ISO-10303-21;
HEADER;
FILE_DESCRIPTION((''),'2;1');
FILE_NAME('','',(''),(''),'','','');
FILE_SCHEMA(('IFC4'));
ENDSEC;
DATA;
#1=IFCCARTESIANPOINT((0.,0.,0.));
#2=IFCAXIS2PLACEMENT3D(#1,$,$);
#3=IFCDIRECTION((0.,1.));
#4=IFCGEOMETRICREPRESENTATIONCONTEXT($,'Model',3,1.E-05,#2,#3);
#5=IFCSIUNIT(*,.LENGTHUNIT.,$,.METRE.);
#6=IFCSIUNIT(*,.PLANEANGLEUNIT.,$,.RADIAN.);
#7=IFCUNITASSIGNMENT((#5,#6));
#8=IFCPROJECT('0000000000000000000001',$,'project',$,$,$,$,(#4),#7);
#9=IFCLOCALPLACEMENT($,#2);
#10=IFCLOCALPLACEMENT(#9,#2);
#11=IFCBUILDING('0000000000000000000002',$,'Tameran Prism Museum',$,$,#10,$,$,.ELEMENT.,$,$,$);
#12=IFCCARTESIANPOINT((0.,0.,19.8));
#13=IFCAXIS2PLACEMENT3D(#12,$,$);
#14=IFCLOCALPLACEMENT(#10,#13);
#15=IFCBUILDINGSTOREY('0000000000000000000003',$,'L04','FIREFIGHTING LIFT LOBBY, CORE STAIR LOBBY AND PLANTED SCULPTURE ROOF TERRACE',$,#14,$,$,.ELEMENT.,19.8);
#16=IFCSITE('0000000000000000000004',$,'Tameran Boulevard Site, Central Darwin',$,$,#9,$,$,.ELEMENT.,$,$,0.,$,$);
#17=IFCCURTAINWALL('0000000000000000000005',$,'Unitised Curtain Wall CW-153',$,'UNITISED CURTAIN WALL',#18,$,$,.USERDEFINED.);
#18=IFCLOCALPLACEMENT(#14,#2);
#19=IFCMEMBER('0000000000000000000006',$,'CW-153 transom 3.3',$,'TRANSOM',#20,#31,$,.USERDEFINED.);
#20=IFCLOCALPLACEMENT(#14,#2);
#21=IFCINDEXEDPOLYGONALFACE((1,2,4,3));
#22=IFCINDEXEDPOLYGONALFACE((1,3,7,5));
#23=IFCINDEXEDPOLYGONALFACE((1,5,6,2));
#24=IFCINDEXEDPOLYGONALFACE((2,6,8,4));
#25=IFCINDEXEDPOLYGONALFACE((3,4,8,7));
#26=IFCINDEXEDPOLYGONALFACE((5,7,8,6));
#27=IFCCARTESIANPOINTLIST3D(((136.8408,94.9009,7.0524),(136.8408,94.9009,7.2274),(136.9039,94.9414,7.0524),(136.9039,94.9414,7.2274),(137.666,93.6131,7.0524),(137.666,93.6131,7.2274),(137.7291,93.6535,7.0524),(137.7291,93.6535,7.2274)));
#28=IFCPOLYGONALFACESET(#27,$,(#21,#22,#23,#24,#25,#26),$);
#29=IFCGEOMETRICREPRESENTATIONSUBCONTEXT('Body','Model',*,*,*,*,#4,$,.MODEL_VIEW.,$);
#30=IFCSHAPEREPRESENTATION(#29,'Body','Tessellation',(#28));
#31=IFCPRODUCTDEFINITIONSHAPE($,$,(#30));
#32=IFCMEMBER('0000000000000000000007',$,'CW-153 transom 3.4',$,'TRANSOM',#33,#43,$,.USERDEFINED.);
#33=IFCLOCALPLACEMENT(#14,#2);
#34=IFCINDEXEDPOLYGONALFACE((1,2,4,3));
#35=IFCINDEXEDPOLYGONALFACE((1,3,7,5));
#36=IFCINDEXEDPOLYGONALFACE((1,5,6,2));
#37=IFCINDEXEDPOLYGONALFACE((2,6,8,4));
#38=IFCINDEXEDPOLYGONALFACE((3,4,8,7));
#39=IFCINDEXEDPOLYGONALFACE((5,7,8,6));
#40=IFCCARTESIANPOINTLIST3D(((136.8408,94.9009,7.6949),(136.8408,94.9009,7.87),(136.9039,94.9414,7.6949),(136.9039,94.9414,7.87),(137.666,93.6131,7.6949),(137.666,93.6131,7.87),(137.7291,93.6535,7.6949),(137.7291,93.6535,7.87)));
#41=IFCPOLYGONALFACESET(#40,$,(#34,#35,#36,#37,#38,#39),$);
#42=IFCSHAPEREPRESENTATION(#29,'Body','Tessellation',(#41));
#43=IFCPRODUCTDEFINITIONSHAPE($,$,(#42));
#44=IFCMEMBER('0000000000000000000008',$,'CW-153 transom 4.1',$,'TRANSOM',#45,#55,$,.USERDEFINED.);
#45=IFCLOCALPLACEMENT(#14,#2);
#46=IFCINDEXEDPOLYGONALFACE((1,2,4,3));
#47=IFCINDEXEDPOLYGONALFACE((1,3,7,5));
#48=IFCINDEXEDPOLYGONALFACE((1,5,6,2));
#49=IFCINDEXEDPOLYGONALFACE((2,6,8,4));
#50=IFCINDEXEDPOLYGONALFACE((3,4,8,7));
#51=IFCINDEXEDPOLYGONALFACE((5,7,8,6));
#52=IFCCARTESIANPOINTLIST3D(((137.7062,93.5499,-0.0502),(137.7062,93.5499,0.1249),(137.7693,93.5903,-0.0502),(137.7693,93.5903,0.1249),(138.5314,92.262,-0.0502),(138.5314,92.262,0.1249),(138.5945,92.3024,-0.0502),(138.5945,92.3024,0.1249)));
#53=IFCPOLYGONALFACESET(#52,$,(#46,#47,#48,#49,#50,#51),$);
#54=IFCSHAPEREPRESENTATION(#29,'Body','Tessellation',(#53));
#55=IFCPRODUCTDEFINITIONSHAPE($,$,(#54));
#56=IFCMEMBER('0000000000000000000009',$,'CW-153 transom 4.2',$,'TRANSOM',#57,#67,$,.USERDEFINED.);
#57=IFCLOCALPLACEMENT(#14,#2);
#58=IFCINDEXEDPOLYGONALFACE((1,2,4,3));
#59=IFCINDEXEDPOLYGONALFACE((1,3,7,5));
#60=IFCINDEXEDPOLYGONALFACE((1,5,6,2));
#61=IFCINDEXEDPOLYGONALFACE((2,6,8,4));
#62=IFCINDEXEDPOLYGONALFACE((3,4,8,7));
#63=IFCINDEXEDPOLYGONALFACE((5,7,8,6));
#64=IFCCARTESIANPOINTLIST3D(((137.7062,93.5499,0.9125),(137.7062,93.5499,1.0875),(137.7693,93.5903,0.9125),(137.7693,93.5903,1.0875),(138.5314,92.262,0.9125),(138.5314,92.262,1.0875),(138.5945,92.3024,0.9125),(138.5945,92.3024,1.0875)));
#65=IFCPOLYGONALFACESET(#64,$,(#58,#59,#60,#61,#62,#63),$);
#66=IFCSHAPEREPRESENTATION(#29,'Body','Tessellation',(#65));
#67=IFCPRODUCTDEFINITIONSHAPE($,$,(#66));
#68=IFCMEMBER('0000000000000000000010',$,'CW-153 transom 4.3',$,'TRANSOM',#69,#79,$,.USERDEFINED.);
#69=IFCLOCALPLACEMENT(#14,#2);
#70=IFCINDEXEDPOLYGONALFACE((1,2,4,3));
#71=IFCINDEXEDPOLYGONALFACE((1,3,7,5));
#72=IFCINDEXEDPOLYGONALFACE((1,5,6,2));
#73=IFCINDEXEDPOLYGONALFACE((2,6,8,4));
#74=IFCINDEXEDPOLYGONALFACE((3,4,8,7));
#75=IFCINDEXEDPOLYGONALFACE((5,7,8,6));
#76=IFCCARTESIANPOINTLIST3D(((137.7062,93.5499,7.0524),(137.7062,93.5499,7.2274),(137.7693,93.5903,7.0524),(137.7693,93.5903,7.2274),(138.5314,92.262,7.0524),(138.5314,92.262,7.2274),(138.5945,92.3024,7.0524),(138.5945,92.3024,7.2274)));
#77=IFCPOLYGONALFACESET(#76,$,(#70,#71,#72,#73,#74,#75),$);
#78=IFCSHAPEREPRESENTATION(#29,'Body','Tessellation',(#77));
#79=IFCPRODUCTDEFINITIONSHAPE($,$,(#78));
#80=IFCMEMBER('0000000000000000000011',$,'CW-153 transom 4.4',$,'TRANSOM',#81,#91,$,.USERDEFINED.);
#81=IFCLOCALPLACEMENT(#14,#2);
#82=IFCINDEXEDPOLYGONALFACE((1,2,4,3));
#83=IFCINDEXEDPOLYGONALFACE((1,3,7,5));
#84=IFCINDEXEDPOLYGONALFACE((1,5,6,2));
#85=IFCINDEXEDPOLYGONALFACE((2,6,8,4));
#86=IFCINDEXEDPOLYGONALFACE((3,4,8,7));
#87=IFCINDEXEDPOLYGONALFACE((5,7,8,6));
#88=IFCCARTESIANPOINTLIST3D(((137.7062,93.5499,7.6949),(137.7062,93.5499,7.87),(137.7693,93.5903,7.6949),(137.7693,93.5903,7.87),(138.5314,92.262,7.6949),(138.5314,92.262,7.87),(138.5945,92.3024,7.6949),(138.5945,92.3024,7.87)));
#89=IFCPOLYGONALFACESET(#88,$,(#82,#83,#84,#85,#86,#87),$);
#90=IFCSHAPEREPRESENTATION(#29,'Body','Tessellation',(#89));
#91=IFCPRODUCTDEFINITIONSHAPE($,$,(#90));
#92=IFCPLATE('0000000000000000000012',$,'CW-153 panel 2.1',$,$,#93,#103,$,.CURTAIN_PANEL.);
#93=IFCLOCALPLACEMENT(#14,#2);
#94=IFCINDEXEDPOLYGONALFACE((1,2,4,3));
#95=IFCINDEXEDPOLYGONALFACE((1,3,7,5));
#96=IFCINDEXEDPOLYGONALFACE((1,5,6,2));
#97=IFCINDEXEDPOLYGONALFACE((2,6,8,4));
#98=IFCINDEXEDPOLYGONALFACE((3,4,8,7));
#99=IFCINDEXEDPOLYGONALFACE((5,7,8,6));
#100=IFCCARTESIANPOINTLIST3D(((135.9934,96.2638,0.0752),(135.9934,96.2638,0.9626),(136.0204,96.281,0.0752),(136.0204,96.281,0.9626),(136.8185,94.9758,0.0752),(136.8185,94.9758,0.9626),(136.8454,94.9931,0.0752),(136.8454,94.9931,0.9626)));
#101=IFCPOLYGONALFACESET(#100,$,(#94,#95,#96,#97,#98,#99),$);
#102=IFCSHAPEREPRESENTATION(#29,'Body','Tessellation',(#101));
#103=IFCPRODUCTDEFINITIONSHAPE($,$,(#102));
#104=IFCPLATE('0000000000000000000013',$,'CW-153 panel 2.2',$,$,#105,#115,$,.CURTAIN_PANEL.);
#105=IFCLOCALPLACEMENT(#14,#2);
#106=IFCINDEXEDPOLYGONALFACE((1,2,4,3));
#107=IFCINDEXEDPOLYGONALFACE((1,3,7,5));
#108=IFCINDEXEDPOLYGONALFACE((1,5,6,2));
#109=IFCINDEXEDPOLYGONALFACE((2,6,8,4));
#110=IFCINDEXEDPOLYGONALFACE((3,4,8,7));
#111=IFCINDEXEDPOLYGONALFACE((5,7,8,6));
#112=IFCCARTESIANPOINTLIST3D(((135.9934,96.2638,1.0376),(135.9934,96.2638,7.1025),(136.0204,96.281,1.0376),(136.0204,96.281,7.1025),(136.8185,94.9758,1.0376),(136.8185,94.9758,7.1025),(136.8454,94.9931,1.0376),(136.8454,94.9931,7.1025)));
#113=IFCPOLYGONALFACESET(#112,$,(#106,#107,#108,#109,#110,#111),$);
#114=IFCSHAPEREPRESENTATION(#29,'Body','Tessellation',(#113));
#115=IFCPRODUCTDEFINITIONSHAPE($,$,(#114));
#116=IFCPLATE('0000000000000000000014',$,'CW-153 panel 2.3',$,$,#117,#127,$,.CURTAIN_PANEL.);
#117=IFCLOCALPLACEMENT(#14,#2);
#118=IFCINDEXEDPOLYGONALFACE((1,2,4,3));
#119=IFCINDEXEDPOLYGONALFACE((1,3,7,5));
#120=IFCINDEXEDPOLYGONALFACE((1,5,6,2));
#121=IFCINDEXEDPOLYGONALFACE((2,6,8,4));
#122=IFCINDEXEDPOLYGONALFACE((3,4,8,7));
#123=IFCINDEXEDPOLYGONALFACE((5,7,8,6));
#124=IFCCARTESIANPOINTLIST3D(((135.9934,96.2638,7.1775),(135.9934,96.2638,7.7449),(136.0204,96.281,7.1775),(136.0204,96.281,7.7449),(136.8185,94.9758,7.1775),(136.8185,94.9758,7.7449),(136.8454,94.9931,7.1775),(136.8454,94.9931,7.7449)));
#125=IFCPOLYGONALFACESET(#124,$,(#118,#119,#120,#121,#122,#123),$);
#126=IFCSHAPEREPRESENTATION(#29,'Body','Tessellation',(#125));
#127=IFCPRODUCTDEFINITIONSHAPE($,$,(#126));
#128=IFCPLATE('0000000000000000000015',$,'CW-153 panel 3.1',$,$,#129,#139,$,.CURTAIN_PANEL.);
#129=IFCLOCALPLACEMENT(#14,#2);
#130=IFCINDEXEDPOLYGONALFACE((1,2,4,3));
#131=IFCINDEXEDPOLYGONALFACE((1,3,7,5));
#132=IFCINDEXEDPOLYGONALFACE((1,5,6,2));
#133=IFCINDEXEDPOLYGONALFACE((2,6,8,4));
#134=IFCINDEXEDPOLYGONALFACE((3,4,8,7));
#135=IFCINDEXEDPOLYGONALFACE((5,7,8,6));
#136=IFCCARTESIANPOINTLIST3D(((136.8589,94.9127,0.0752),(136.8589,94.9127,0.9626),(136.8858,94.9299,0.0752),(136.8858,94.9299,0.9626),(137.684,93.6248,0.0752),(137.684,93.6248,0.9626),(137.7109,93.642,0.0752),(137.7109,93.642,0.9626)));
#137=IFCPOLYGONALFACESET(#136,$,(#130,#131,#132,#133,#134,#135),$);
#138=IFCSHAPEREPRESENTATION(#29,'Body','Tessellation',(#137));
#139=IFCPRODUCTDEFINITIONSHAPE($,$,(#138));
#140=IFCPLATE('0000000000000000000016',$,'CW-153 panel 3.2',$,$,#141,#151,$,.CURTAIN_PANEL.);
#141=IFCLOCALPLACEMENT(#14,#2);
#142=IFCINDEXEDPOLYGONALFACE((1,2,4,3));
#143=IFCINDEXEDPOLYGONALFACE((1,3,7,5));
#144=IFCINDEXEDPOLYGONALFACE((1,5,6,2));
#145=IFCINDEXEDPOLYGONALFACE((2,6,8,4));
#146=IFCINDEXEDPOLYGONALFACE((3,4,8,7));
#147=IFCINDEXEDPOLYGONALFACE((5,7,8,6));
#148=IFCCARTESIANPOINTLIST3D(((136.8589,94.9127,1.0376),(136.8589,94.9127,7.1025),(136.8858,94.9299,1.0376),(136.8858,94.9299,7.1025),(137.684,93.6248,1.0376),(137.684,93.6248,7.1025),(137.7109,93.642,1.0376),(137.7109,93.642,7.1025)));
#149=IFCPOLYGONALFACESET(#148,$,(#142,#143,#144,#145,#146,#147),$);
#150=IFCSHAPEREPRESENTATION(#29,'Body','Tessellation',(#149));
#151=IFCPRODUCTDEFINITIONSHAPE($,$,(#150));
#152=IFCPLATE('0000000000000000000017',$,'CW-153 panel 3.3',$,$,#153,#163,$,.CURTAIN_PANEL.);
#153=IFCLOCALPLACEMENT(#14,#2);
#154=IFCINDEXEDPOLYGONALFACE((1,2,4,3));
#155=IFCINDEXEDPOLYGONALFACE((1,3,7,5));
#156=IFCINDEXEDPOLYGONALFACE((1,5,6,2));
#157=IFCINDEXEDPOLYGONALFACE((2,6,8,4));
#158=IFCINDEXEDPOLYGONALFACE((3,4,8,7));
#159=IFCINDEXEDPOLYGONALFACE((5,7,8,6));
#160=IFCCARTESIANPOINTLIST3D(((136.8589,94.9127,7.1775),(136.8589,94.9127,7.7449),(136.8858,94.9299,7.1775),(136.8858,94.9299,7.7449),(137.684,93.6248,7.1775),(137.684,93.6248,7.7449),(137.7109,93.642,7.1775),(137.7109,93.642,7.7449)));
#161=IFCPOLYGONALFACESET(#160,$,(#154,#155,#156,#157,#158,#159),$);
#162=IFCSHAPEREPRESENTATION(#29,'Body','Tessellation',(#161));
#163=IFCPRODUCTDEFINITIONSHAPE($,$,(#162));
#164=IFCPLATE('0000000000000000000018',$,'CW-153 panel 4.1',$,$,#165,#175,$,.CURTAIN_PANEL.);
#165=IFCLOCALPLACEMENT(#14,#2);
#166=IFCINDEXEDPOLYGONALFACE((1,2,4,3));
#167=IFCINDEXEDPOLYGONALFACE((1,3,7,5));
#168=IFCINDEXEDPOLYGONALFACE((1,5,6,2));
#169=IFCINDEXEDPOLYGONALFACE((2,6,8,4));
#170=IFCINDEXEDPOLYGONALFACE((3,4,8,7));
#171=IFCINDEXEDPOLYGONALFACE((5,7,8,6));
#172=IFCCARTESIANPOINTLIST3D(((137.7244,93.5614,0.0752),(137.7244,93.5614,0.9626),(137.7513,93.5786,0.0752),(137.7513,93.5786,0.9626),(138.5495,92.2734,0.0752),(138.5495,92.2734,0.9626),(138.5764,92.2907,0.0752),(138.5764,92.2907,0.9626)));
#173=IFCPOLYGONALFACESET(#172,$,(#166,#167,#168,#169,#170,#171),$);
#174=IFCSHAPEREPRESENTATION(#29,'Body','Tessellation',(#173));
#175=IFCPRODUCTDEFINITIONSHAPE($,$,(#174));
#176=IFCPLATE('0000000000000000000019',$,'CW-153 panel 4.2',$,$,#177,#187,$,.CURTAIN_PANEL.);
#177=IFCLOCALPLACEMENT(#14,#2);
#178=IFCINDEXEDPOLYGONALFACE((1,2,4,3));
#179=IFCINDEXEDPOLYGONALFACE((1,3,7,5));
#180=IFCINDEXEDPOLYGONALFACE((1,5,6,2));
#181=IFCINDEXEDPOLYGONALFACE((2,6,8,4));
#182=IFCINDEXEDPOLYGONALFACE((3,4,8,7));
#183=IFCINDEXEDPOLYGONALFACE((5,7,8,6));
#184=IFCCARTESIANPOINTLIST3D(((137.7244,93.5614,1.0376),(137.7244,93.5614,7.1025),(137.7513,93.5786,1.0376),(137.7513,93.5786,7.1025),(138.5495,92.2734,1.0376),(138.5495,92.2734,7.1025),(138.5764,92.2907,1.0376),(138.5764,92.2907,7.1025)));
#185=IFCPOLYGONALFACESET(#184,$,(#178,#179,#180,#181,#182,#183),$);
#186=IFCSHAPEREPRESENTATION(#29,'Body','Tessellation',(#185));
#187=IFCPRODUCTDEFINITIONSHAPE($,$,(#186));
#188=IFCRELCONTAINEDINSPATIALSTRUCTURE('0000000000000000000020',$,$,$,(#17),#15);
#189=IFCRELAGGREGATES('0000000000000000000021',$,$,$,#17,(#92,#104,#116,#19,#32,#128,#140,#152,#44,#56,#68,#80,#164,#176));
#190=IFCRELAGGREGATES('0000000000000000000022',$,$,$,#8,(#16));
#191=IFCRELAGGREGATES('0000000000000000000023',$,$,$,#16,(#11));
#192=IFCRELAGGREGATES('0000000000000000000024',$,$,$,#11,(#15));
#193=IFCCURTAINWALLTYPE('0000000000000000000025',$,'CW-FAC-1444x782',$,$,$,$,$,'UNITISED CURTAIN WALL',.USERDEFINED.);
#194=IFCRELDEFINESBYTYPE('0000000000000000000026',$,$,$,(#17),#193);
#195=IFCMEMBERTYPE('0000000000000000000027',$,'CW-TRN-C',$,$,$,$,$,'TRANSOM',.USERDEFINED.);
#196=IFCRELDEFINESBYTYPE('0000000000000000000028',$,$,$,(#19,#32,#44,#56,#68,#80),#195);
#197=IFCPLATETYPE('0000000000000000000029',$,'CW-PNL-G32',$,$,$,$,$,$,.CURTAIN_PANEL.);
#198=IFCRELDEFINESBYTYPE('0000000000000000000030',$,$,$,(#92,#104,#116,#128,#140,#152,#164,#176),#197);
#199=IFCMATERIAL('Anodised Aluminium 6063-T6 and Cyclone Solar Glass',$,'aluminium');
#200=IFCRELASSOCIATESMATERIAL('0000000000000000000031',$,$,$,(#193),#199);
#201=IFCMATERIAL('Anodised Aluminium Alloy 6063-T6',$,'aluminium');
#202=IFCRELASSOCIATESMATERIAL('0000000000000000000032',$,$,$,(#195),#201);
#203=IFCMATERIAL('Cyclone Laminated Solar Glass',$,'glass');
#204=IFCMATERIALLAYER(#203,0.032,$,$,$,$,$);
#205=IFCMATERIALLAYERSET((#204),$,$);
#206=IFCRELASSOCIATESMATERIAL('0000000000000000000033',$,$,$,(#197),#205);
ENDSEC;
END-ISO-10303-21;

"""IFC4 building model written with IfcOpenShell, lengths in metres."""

from ifc_helpers import new_model, si_unit, direction, frame, origin, origin_2d, place, context, subcontext, project, spatial, rectangle, extrude, material, layer, layer_set, material_profile, profile_set, type_object, element, aggregate, save


model = new_model("IFC4")

# Units and contexts
model_context = context("Model", 3, precision=1e-05, world=origin(), true_north=direction((0.0, 1.0)))
body_context = subcontext(model_context, "Body", "Model", "MODEL_VIEW")
ifc_project = project(units=[si_unit("LENGTHUNIT", "METRE"), si_unit("PLANEANGLEUNIT", "RADIAN")], contexts=[model_context])

# Site, building, storey
site_placement = place(None, origin())
site = spatial("IfcSite", under=ifc_project, at=site_placement, Name="Tameran Boulevard Site, Central Darwin", CompositionType="ELEMENT", RefElevation=0.0)
building_placement = place(site_placement, origin())
building = spatial("IfcBuilding", under=site, at=building_placement, Name="Tameran Prism Museum", CompositionType="ELEMENT")
storey_placement = place(building_placement, frame((0.0, 0.0, 19.8)))
storey = spatial("IfcBuildingStorey", under=building, at=storey_placement, Name="L04", Description="FIREFIGHTING LIFT LOBBY, CORE STAIR LOBBY AND PLANTED SCULPTURE ROOF TERRACE", CompositionType="ELEMENT", Elevation=19.8)

# Curtain wall, members, plates
ifc_material_1 = material(Name="Anodised Aluminium 6063-T6 and Cyclone Solar Glass", Category="aluminium")
curtain_wall_type = type_object("IfcCurtainWallType", Name="CW-FAC-1444x782", ElementType="UNITISED CURTAIN WALL", PredefinedType="USERDEFINED", material=ifc_material_1)
curtain_wall_placement = place(storey_placement, origin())
curtain_wall = element("IfcCurtainWall", 1, at=curtain_wall_placement, inside=storey, type_object=curtain_wall_type, Name="Unitised Curtain Wall CW-153", ObjectType="UNITISED CURTAIN WALL", PredefinedType="USERDEFINED")
ifc_material_2 = material(Name="Anodised Aluminium Alloy 6063-T6", Category="aluminium")
ifc_material_profile_1 = material_profile(ifc_material_2, rectangle(XDim=0.075, YDim=0.175, at=origin_2d()))
ifc_profile_set_1 = profile_set([ifc_material_profile_1])
member_type_1 = type_object("IfcMemberType", Name="CW-TRN-C", ElementType="TRANSOM", PredefinedType="USERDEFINED", material=ifc_profile_set_1)
member_1_placement = place(storey_placement, frame((136.8723, 94.9211, 7.1399), z_axis=(0.539507, -0.841981, 0.0), x_axis=(0.841981, 0.539507, 0.0)))
member_1 = element("IfcMember", 2, at=member_1_placement, type_object=member_type_1, Name="CW-153 transom 3.3", ObjectType="TRANSOM", PredefinedType="USERDEFINED", context=body_context, shape_type="SweptSolid", body=[
    extrude(rectangle(XDim=0.075, YDim=0.175, at=origin_2d()), origin(), (0.0, 0.0, 1.0), 1.5295),
])
member_2_placement = place(storey_placement, frame((136.8723, 94.9211, 7.7825), z_axis=(0.539507, -0.841981, 0.0), x_axis=(0.841981, 0.539507, 0.0)))
member_2 = element("IfcMember", 3, at=member_2_placement, type_object=member_type_1, Name="CW-153 transom 3.4", ObjectType="TRANSOM", PredefinedType="USERDEFINED", context=body_context, shape_type="SweptSolid", body=[
    extrude(rectangle(XDim=0.075, YDim=0.175, at=origin_2d()), origin(), (0.0, 0.0, 1.0), 1.5295),
])
member_3_placement = place(storey_placement, frame((137.7378, 93.5701, 0.0374), z_axis=(0.539507, -0.841981, 0.0), x_axis=(0.841981, 0.539507, 0.0)))
member_3 = element("IfcMember", 4, at=member_3_placement, type_object=member_type_1, Name="CW-153 transom 4.1", ObjectType="TRANSOM", PredefinedType="USERDEFINED", context=body_context, shape_type="SweptSolid", body=[
    extrude(rectangle(XDim=0.075, YDim=0.175, at=origin_2d()), origin(), (0.0, 0.0, 1.0), 1.5295),
])
member_4_placement = place(storey_placement, frame((137.7378, 93.5701, 1.0), z_axis=(0.539507, -0.841981, 0.0), x_axis=(0.841981, 0.539507, 0.0)))
member_4 = element("IfcMember", 5, at=member_4_placement, type_object=member_type_1, Name="CW-153 transom 4.2", ObjectType="TRANSOM", PredefinedType="USERDEFINED", context=body_context, shape_type="SweptSolid", body=[
    extrude(rectangle(XDim=0.075, YDim=0.175, at=origin_2d()), origin(), (0.0, 0.0, 1.0), 1.5295),
])
member_5_placement = place(storey_placement, frame((137.7378, 93.5701, 7.1399), z_axis=(0.539507, -0.841981, 0.0), x_axis=(0.841981, 0.539507, 0.0)))
member_5 = element("IfcMember", 6, at=member_5_placement, type_object=member_type_1, Name="CW-153 transom 4.3", ObjectType="TRANSOM", PredefinedType="USERDEFINED", context=body_context, shape_type="SweptSolid", body=[
    extrude(rectangle(XDim=0.075, YDim=0.175, at=origin_2d()), origin(), (0.0, 0.0, 1.0), 1.5295),
])
member_6_placement = place(storey_placement, frame((137.7378, 93.5701, 7.7825), z_axis=(0.539507, -0.841981, 0.0), x_axis=(0.841981, 0.539507, 0.0)))
member_6 = element("IfcMember", 7, at=member_6_placement, type_object=member_type_1, Name="CW-153 transom 4.4", ObjectType="TRANSOM", PredefinedType="USERDEFINED", context=body_context, shape_type="SweptSolid", body=[
    extrude(rectangle(XDim=0.075, YDim=0.175, at=origin_2d()), origin(), (0.0, 0.0, 1.0), 1.5295),
])
ifc_material_3 = material(Name="Cyclone Laminated Solar Glass", Category="glass")
ifc_layer_1 = layer(ifc_material_3, 0.032)
ifc_layer_set_1 = layer_set([ifc_layer_1])
plate_type = type_object("IfcPlateType", Name="CW-PNL-G32", PredefinedType="CURTAIN_PANEL", material=ifc_layer_set_1)
plate_1_placement = place(storey_placement, frame((136.4194, 95.6284, 0.0752), z_axis=(0.0, 0.0, 1.0), x_axis=(0.539427, -0.842032, 0.0)))
plate_1 = element("IfcPlate", 8, at=plate_1_placement, type_object=plate_type, Name="CW-153 panel 2.1", PredefinedType="CURTAIN_PANEL", context=body_context, shape_type="SweptSolid", body=[
    extrude(rectangle(XDim=1.5295, YDim=0.032, at=origin_2d()), origin(), (0.0, 0.0, 1.0), 0.8875),
])
plate_2_placement = place(storey_placement, frame((136.4194, 95.6284, 1.0376), z_axis=(0.0, 0.0, 1.0), x_axis=(0.539427, -0.842032, 0.0)))
plate_2 = element("IfcPlate", 9, at=plate_2_placement, type_object=plate_type, Name="CW-153 panel 2.2", PredefinedType="CURTAIN_PANEL", context=body_context, shape_type="SweptSolid", body=[
    extrude(rectangle(XDim=1.5295, YDim=0.032, at=origin_2d()), origin(), (0.0, 0.0, 1.0), 6.0649),
])
plate_3_placement = place(storey_placement, frame((136.4194, 95.6284, 7.1775), z_axis=(0.0, 0.0, 1.0), x_axis=(0.539427, -0.842032, 0.0)))
plate_3 = element("IfcPlate", 10, at=plate_3_placement, type_object=plate_type, Name="CW-153 panel 2.3", PredefinedType="CURTAIN_PANEL", context=body_context, shape_type="SweptSolid", body=[
    extrude(rectangle(XDim=1.5295, YDim=0.032, at=origin_2d()), origin(), (0.0, 0.0, 1.0), 0.5674),
])
plate_4_placement = place(storey_placement, frame((137.2849, 94.2773, 0.0752), z_axis=(0.0, 0.0, 1.0), x_axis=(0.539427, -0.842032, 0.0)))
plate_4 = element("IfcPlate", 11, at=plate_4_placement, type_object=plate_type, Name="CW-153 panel 3.1", PredefinedType="CURTAIN_PANEL", context=body_context, shape_type="SweptSolid", body=[
    extrude(rectangle(XDim=1.5295, YDim=0.032, at=origin_2d()), origin(), (0.0, 0.0, 1.0), 0.8875),
])
plate_5_placement = place(storey_placement, frame((137.2849, 94.2773, 1.0376), z_axis=(0.0, 0.0, 1.0), x_axis=(0.539427, -0.842032, 0.0)))
plate_5 = element("IfcPlate", 12, at=plate_5_placement, type_object=plate_type, Name="CW-153 panel 3.2", PredefinedType="CURTAIN_PANEL", context=body_context, shape_type="SweptSolid", body=[
    extrude(rectangle(XDim=1.5295, YDim=0.032, at=origin_2d()), origin(), (0.0, 0.0, 1.0), 6.0649),
])
plate_6_placement = place(storey_placement, frame((137.2849, 94.2773, 7.1775), z_axis=(0.0, 0.0, 1.0), x_axis=(0.539427, -0.842032, 0.0)))
plate_6 = element("IfcPlate", 13, at=plate_6_placement, type_object=plate_type, Name="CW-153 panel 3.3", PredefinedType="CURTAIN_PANEL", context=body_context, shape_type="SweptSolid", body=[
    extrude(rectangle(XDim=1.5295, YDim=0.032, at=origin_2d()), origin(), (0.0, 0.0, 1.0), 0.5674),
])
plate_7_placement = place(storey_placement, frame((138.1504, 92.926, 0.0752), z_axis=(0.0, 0.0, 1.0), x_axis=(0.539427, -0.842032, 0.0)))
plate_7 = element("IfcPlate", 14, at=plate_7_placement, type_object=plate_type, Name="CW-153 panel 4.1", PredefinedType="CURTAIN_PANEL", context=body_context, shape_type="SweptSolid", body=[
    extrude(rectangle(XDim=1.5295, YDim=0.032, at=origin_2d()), origin(), (0.0, 0.0, 1.0), 0.8875),
])
plate_8_placement = place(storey_placement, frame((138.1504, 92.926, 1.0376), z_axis=(0.0, 0.0, 1.0), x_axis=(0.539427, -0.842032, 0.0)))
plate_8 = element("IfcPlate", 15, at=plate_8_placement, type_object=plate_type, Name="CW-153 panel 4.2", PredefinedType="CURTAIN_PANEL", context=body_context, shape_type="SweptSolid", body=[
    extrude(rectangle(XDim=1.5295, YDim=0.032, at=origin_2d()), origin(), (0.0, 0.0, 1.0), 6.0649),
])
aggregate(curtain_wall, [plate_1, plate_2, plate_3, member_1, member_2, plate_4, plate_5, plate_6, member_3, member_4, member_5, member_6, plate_7, plate_8])

save(model, "model.ifc")
